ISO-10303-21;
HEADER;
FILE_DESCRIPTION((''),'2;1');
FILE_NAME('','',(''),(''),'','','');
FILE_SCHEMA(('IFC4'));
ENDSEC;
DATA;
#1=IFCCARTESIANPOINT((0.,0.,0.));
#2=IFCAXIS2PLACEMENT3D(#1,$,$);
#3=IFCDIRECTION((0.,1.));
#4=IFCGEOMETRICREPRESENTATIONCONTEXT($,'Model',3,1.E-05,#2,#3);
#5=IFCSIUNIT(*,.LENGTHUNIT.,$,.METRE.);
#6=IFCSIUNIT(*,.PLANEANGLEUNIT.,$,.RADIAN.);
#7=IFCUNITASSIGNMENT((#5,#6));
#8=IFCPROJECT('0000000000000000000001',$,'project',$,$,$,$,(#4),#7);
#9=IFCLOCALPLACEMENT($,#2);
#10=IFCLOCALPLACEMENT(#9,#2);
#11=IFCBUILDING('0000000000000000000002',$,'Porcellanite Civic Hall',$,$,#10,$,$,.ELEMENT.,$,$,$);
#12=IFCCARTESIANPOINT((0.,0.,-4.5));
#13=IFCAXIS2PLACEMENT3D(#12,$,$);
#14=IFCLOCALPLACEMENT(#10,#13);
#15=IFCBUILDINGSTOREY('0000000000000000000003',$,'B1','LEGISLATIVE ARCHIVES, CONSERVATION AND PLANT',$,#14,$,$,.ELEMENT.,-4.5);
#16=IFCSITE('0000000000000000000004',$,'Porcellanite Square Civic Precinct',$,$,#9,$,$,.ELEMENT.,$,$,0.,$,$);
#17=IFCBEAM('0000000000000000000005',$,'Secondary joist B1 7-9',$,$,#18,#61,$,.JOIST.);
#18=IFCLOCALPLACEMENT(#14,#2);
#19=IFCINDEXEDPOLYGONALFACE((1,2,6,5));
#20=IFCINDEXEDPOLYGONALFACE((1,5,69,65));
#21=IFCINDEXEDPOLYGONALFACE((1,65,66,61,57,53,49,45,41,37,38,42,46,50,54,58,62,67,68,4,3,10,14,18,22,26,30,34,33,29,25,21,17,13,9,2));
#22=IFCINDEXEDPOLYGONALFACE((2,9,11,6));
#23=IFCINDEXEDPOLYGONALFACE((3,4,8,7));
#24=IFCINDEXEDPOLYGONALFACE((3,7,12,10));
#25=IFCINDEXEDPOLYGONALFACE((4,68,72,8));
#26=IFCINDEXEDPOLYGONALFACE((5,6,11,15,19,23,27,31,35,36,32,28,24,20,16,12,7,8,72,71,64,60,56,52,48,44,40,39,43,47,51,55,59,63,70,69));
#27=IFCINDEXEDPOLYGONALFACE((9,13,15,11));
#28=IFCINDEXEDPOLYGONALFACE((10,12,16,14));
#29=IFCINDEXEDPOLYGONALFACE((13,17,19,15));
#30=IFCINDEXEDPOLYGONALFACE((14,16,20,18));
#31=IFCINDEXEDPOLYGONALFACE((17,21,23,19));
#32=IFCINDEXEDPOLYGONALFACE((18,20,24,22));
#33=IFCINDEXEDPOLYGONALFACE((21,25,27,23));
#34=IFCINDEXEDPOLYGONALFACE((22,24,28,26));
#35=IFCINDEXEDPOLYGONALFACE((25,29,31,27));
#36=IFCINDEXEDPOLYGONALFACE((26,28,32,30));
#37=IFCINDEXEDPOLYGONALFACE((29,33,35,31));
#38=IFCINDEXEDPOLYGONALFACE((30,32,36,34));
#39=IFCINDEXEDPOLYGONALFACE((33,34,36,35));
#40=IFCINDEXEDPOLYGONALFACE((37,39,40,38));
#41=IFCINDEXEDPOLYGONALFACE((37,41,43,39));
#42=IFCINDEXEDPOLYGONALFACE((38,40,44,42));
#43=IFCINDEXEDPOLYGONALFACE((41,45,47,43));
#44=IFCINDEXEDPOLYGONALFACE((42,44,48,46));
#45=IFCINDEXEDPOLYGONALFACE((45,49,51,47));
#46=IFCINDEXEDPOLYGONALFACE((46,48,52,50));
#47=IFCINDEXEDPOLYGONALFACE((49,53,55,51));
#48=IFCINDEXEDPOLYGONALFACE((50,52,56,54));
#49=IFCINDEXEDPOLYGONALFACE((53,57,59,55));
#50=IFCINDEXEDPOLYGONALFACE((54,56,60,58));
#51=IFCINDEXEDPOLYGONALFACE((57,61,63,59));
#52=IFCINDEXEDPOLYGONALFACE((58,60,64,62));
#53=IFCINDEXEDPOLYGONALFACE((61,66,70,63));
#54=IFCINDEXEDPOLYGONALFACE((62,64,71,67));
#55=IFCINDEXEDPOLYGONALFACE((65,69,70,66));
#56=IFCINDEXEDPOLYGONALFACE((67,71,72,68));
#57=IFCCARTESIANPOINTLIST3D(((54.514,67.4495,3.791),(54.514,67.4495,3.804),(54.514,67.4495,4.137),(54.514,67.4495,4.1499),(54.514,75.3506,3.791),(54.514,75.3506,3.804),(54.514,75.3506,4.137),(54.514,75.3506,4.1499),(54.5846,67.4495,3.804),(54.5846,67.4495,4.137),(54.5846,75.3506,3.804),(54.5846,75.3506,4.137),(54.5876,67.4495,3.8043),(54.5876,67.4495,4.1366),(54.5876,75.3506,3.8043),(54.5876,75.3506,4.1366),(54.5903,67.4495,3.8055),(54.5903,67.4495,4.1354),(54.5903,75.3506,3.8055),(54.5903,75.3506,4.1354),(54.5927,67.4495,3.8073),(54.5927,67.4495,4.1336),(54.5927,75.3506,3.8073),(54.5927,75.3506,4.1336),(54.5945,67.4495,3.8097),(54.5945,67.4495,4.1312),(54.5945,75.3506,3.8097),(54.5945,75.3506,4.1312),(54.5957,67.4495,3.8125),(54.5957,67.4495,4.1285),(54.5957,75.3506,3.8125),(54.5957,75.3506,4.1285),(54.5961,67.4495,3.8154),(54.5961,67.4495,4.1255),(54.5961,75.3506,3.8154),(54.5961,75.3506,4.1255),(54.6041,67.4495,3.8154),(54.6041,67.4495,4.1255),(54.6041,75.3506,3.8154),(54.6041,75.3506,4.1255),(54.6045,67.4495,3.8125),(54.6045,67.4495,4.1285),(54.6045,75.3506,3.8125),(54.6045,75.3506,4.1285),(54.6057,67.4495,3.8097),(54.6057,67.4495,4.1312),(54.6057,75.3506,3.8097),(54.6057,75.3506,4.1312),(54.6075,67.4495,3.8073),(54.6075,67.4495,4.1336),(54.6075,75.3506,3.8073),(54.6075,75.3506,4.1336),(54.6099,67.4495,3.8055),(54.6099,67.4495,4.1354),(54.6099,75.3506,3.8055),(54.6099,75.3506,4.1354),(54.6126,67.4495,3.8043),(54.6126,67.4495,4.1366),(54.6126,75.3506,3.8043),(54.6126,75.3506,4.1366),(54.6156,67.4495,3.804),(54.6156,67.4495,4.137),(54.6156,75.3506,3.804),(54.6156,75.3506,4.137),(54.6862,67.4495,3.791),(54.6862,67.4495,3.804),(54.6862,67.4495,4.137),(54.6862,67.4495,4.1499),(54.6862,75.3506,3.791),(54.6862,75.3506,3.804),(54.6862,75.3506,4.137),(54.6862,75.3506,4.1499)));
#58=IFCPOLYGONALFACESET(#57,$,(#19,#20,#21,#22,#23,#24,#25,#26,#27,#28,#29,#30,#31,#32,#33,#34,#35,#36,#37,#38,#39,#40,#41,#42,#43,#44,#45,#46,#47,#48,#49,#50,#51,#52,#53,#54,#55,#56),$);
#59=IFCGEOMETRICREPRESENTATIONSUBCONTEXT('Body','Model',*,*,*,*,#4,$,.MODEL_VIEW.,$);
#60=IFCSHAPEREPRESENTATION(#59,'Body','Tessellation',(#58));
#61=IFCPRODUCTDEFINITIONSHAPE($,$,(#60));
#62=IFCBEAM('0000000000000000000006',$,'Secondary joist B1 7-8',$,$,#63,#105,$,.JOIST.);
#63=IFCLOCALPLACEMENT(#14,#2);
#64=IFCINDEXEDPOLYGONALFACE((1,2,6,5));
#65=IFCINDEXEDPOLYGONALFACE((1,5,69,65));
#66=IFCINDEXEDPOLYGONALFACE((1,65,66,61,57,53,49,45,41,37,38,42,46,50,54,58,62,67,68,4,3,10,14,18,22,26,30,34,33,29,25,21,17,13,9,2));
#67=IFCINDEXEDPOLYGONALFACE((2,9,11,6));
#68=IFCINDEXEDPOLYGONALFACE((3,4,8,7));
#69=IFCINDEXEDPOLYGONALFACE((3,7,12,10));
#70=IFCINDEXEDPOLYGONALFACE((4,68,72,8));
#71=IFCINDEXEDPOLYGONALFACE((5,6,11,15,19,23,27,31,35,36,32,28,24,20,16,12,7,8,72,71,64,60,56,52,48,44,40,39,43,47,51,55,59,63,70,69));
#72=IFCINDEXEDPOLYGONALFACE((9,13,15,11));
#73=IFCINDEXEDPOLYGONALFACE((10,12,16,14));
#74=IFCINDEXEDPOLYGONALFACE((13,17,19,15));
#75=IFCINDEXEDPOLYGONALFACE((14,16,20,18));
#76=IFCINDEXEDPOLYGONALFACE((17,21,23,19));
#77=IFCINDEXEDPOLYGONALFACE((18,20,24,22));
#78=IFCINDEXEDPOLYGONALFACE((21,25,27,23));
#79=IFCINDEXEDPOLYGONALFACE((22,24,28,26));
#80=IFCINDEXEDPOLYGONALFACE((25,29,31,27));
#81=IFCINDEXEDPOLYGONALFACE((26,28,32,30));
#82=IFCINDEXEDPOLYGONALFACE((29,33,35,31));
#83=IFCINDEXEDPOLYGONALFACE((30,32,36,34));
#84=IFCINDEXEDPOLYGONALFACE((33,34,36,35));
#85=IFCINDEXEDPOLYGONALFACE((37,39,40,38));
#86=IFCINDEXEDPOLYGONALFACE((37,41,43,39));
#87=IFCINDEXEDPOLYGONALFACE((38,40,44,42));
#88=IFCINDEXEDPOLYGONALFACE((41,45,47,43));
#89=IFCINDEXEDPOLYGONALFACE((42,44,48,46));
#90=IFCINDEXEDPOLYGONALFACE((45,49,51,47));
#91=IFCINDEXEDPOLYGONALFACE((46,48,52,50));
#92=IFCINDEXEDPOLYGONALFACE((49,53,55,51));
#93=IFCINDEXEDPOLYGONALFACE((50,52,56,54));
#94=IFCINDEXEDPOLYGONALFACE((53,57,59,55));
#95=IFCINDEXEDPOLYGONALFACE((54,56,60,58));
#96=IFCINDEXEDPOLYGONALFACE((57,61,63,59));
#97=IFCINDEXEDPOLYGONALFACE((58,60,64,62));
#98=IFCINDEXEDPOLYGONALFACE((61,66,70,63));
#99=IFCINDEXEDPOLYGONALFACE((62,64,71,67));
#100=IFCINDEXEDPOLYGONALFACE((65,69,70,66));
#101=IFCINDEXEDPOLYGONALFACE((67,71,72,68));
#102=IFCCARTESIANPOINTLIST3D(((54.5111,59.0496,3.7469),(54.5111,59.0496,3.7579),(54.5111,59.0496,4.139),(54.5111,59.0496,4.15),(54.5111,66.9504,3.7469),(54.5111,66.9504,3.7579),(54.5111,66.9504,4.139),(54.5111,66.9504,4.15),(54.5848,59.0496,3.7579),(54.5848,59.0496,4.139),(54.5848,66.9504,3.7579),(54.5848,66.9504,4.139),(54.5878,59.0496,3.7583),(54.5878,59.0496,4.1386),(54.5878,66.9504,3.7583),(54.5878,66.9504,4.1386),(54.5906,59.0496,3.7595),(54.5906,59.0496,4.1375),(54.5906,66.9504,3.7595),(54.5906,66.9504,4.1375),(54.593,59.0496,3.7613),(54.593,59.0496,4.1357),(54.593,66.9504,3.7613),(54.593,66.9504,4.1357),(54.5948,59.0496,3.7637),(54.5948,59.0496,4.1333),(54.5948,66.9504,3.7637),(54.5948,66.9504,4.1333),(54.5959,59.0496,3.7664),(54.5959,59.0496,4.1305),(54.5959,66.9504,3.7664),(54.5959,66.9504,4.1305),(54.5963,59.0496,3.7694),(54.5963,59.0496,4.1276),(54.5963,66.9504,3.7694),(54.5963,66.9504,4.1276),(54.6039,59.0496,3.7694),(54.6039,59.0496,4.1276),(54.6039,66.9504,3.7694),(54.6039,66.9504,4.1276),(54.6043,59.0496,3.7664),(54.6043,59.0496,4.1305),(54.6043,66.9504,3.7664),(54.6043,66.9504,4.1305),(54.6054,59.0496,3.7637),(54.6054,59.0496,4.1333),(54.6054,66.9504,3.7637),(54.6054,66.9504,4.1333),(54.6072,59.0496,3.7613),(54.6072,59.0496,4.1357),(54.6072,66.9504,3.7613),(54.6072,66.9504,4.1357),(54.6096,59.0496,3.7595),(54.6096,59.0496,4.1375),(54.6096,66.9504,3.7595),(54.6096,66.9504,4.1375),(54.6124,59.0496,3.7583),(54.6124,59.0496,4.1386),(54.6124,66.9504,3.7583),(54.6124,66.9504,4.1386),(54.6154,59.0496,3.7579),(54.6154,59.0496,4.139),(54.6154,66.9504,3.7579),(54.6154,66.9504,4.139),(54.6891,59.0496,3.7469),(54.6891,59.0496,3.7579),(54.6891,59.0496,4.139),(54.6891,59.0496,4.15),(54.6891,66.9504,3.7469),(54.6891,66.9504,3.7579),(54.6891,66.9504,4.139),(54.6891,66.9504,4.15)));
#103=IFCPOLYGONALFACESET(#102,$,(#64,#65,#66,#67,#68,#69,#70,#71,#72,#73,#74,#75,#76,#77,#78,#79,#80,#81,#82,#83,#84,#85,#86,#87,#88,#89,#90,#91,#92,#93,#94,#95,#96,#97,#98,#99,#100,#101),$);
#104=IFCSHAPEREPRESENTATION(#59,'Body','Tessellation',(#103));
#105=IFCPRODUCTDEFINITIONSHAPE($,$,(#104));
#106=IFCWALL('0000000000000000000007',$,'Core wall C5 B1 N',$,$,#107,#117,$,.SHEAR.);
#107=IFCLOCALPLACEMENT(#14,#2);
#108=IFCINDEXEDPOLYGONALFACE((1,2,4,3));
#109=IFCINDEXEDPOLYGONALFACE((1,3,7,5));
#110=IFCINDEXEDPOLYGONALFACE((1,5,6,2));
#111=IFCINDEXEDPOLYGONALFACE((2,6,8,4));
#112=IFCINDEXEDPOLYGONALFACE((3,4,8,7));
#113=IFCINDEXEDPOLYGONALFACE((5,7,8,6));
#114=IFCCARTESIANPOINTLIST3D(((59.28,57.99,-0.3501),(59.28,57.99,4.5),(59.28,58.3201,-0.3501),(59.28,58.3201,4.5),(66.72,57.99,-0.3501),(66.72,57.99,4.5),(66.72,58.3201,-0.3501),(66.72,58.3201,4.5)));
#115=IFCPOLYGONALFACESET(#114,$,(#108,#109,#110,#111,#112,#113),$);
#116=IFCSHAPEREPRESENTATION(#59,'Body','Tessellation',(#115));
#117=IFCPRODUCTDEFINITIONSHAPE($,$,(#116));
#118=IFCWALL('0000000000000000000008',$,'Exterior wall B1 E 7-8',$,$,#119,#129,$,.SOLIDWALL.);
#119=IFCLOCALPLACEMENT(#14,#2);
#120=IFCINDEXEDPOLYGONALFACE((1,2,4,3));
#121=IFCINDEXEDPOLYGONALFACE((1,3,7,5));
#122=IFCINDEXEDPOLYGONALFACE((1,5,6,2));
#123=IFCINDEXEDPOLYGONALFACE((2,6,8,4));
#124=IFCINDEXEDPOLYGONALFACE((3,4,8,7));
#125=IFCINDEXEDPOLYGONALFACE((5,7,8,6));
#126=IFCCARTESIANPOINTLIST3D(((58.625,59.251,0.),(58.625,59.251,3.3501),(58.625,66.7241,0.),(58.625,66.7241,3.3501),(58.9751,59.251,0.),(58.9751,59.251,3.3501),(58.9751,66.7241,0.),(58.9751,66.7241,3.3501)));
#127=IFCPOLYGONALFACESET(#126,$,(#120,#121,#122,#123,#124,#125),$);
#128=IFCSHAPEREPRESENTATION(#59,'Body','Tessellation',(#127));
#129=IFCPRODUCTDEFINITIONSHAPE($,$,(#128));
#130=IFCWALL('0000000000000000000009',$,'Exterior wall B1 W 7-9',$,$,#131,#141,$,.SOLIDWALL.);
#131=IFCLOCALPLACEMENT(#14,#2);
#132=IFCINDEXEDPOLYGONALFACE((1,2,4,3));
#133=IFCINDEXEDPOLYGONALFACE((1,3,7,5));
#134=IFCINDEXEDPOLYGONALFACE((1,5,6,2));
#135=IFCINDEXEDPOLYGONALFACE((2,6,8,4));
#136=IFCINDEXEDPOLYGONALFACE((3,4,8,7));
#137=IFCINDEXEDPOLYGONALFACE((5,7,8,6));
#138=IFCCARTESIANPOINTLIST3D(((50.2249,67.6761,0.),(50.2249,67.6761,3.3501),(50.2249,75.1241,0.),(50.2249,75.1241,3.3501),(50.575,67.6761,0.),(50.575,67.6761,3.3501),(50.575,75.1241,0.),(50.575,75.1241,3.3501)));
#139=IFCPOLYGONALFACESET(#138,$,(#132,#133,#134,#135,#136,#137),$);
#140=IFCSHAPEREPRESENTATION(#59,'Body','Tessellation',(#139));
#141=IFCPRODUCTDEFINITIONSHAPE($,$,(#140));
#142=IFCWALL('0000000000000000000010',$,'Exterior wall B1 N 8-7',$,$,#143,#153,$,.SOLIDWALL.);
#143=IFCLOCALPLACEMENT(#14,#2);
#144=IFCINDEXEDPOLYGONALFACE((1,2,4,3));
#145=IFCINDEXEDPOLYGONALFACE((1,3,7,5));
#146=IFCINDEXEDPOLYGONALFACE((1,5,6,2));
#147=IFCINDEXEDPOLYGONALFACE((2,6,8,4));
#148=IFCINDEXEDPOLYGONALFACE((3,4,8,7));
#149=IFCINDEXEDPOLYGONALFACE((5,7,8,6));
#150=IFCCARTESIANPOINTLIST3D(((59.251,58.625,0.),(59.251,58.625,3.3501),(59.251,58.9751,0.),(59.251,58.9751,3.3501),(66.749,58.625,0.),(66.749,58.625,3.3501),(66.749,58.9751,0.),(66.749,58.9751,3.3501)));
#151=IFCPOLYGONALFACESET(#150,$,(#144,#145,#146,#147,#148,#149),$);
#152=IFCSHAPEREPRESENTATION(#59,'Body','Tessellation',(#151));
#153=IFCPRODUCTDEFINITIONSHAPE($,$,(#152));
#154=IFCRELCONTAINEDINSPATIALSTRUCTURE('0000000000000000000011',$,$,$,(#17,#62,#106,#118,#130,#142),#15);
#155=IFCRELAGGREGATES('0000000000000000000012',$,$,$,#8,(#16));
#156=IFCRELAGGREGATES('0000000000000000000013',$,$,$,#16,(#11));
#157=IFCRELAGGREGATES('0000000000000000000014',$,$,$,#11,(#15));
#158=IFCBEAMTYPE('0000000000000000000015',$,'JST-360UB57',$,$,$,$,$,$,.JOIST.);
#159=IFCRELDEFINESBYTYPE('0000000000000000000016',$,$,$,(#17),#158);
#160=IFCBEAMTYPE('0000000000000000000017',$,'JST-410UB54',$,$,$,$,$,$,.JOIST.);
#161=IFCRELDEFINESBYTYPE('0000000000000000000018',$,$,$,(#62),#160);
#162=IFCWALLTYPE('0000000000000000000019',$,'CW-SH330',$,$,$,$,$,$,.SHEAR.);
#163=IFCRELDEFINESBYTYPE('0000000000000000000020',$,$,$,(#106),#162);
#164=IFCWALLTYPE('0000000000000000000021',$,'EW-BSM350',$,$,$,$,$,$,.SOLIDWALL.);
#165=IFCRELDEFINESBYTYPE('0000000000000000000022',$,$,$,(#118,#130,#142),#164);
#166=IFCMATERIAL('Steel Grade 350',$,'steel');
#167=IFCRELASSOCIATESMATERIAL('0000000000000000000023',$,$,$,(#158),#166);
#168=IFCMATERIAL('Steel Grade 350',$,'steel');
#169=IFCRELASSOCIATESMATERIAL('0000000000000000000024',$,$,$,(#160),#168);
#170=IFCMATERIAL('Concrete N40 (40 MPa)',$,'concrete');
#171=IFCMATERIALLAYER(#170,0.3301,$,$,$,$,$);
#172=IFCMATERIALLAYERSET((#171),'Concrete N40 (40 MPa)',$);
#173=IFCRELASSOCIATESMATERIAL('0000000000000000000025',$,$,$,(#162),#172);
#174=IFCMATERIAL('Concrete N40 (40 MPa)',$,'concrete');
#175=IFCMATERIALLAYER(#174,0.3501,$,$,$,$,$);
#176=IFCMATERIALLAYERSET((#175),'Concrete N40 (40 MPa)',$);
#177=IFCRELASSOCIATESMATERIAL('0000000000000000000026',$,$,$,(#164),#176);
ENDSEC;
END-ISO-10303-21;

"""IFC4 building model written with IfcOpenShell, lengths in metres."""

from ifc_helpers import new_model, si_unit, direction, frame, frame_2d, origin, origin_2d, place, context, subcontext, project, spatial, rectangle, i_section, extrude, material, layer, layer_set, material_profile, profile_set, type_object, element, save


model = new_model("IFC4")

# Units and contexts
model_context = context("Model", 3, precision=1e-05, world=origin(), true_north=direction((0.0, 1.0)))
body_context = subcontext(model_context, "Body", "Model", "MODEL_VIEW")
ifc_project = project(units=[si_unit("LENGTHUNIT", "METRE"), si_unit("PLANEANGLEUNIT", "RADIAN")], contexts=[model_context])

# Site, building, storey
site_placement = place(None, origin())
site = spatial("IfcSite", under=ifc_project, at=site_placement, Name="Porcellanite Square Civic Precinct", CompositionType="ELEMENT", RefElevation=0.0)
building_placement = place(site_placement, origin())
building = spatial("IfcBuilding", under=site, at=building_placement, Name="Porcellanite Civic Hall", CompositionType="ELEMENT")
storey_placement = place(building_placement, frame((0.0, 0.0, -4.5)))
storey = spatial("IfcBuildingStorey", under=building, at=storey_placement, Name="B1", Description="LEGISLATIVE ARCHIVES, CONSERVATION AND PLANT", CompositionType="ELEMENT", Elevation=-4.5)

# Beams
ifc_material_1 = material(Name="Steel Grade 350", Category="steel")
ifc_material_profile_1 = material_profile(ifc_material_1, i_section(OverallWidth=0.1721, OverallDepth=0.3589, WebThickness=0.0081, FlangeThickness=0.0129, FilletRadius=0.0115, at=origin_2d()), Name="360UB56.7")
ifc_profile_set_1 = profile_set([ifc_material_profile_1], Name="Steel Grade 350")
beam_type_1 = type_object("IfcBeamType", Name="JST-360UB57", PredefinedType="JOIST", material=ifc_profile_set_1)
beam_1_placement = place(storey_placement, frame((54.6001, 67.4495, 3.9705), z_axis=(0.0, 1.0, 0.0), x_axis=(-1.0, 0.0, 0.0)))
element("IfcBeam", 1, at=beam_1_placement, inside=storey, type_object=beam_type_1, Name="Secondary joist B1 7-9", PredefinedType="JOIST", context=body_context, shape_type="SweptSolid", body=[
    extrude(i_section(OverallWidth=0.1721, OverallDepth=0.3589, WebThickness=0.0081, FlangeThickness=0.0129, FilletRadius=0.0115, at=origin_2d()), origin(), (0.0, 0.0, 1.0), 7.9011),
])
ifc_material_2 = material(Name="Steel Grade 350", Category="steel")
ifc_material_profile_2 = material_profile(ifc_material_2, i_section(OverallWidth=0.178, OverallDepth=0.4031, WebThickness=0.0076, FlangeThickness=0.011, FilletRadius=0.0115, at=origin_2d()), Name="410UB53.7")
ifc_profile_set_2 = profile_set([ifc_material_profile_2], Name="Steel Grade 350")
beam_type_2 = type_object("IfcBeamType", Name="JST-410UB54", PredefinedType="JOIST", material=ifc_profile_set_2)
beam_2_placement = place(storey_placement, frame((54.6001, 59.0496, 3.9485), z_axis=(0.0, 1.0, 0.0), x_axis=(-1.0, 0.0, 0.0)))
element("IfcBeam", 2, at=beam_2_placement, inside=storey, type_object=beam_type_2, Name="Secondary joist B1 7-8", PredefinedType="JOIST", context=body_context, shape_type="SweptSolid", body=[
    extrude(i_section(OverallWidth=0.178, OverallDepth=0.4031, WebThickness=0.0076, FlangeThickness=0.011, FilletRadius=0.0115, at=origin_2d()), origin(), (0.0, 0.0, 1.0), 7.9009),
])

# Walls
ifc_material_3 = material(Name="Concrete N40 (40 MPa)", Category="concrete")
ifc_layer_1 = layer(ifc_material_3, 0.3301)
ifc_layer_set_1 = layer_set([ifc_layer_1], Name="Concrete N40 (40 MPa)")
wall_type_1 = type_object("IfcWallType", Name="CW-SH330", PredefinedType="SHEAR", material=ifc_layer_set_1)
wall_1_placement = place(storey_placement, frame((59.28, 58.155, -0.3501), z_axis=(0.0, 0.0, 1.0), x_axis=(1.0, 0.0, 0.0)))
element("IfcWall", 3, at=wall_1_placement, inside=storey, type_object=wall_type_1, Name="Core wall C5 B1 N", PredefinedType="SHEAR", context=body_context, shape_type="SweptSolid", body=[
    extrude(rectangle(XDim=7.4399, YDim=0.3301, at=frame_2d((3.72, 0.0))), origin(), (0.0, 0.0, 1.0), 4.8501),
])
ifc_material_4 = material(Name="Concrete N40 (40 MPa)", Category="concrete")
ifc_layer_2 = layer(ifc_material_4, 0.3501)
ifc_layer_set_2 = layer_set([ifc_layer_2], Name="Concrete N40 (40 MPa)")
wall_type_2 = type_object("IfcWallType", Name="EW-BSM350", PredefinedType="SOLIDWALL", material=ifc_layer_set_2)
wall_2_placement = place(storey_placement, frame((58.8, 66.7241, 0.0), z_axis=(0.0, 0.0, 1.0), x_axis=(0.0, -1.0, 0.0)))
element("IfcWall", 4, at=wall_2_placement, inside=storey, type_object=wall_type_2, Name="Exterior wall B1 E 7-8", PredefinedType="SOLIDWALL", context=body_context, shape_type="SweptSolid", body=[
    extrude(rectangle(XDim=7.4731, YDim=0.3501, at=frame_2d((3.7366, 0.0))), origin(), (0.0, 0.0, 1.0), 3.3501),
])
wall_3_placement = place(storey_placement, frame((50.3999, 67.676, 0.0), z_axis=(0.0, 0.0, 1.0), x_axis=(0.0, 1.0, 0.0)))
element("IfcWall", 5, at=wall_3_placement, inside=storey, type_object=wall_type_2, Name="Exterior wall B1 W 7-9", PredefinedType="SOLIDWALL", context=body_context, shape_type="SweptSolid", body=[
    extrude(rectangle(XDim=7.448, YDim=0.3501, at=frame_2d((3.7241, 0.0))), origin(), (0.0, 0.0, 1.0), 3.3501),
])
wall_4_placement = place(storey_placement, frame((59.251, 58.8, 0.0), z_axis=(0.0, 0.0, 1.0), x_axis=(1.0, 0.0, 0.0)))
element("IfcWall", 6, at=wall_4_placement, inside=storey, type_object=wall_type_2, Name="Exterior wall B1 N 8-7", PredefinedType="SOLIDWALL", context=body_context, shape_type="SweptSolid", body=[
    extrude(rectangle(XDim=7.498, YDim=0.3501, at=frame_2d((3.749, 0.0))), origin(), (0.0, 0.0, 1.0), 3.3501),
])

save(model, "model.ifc")
